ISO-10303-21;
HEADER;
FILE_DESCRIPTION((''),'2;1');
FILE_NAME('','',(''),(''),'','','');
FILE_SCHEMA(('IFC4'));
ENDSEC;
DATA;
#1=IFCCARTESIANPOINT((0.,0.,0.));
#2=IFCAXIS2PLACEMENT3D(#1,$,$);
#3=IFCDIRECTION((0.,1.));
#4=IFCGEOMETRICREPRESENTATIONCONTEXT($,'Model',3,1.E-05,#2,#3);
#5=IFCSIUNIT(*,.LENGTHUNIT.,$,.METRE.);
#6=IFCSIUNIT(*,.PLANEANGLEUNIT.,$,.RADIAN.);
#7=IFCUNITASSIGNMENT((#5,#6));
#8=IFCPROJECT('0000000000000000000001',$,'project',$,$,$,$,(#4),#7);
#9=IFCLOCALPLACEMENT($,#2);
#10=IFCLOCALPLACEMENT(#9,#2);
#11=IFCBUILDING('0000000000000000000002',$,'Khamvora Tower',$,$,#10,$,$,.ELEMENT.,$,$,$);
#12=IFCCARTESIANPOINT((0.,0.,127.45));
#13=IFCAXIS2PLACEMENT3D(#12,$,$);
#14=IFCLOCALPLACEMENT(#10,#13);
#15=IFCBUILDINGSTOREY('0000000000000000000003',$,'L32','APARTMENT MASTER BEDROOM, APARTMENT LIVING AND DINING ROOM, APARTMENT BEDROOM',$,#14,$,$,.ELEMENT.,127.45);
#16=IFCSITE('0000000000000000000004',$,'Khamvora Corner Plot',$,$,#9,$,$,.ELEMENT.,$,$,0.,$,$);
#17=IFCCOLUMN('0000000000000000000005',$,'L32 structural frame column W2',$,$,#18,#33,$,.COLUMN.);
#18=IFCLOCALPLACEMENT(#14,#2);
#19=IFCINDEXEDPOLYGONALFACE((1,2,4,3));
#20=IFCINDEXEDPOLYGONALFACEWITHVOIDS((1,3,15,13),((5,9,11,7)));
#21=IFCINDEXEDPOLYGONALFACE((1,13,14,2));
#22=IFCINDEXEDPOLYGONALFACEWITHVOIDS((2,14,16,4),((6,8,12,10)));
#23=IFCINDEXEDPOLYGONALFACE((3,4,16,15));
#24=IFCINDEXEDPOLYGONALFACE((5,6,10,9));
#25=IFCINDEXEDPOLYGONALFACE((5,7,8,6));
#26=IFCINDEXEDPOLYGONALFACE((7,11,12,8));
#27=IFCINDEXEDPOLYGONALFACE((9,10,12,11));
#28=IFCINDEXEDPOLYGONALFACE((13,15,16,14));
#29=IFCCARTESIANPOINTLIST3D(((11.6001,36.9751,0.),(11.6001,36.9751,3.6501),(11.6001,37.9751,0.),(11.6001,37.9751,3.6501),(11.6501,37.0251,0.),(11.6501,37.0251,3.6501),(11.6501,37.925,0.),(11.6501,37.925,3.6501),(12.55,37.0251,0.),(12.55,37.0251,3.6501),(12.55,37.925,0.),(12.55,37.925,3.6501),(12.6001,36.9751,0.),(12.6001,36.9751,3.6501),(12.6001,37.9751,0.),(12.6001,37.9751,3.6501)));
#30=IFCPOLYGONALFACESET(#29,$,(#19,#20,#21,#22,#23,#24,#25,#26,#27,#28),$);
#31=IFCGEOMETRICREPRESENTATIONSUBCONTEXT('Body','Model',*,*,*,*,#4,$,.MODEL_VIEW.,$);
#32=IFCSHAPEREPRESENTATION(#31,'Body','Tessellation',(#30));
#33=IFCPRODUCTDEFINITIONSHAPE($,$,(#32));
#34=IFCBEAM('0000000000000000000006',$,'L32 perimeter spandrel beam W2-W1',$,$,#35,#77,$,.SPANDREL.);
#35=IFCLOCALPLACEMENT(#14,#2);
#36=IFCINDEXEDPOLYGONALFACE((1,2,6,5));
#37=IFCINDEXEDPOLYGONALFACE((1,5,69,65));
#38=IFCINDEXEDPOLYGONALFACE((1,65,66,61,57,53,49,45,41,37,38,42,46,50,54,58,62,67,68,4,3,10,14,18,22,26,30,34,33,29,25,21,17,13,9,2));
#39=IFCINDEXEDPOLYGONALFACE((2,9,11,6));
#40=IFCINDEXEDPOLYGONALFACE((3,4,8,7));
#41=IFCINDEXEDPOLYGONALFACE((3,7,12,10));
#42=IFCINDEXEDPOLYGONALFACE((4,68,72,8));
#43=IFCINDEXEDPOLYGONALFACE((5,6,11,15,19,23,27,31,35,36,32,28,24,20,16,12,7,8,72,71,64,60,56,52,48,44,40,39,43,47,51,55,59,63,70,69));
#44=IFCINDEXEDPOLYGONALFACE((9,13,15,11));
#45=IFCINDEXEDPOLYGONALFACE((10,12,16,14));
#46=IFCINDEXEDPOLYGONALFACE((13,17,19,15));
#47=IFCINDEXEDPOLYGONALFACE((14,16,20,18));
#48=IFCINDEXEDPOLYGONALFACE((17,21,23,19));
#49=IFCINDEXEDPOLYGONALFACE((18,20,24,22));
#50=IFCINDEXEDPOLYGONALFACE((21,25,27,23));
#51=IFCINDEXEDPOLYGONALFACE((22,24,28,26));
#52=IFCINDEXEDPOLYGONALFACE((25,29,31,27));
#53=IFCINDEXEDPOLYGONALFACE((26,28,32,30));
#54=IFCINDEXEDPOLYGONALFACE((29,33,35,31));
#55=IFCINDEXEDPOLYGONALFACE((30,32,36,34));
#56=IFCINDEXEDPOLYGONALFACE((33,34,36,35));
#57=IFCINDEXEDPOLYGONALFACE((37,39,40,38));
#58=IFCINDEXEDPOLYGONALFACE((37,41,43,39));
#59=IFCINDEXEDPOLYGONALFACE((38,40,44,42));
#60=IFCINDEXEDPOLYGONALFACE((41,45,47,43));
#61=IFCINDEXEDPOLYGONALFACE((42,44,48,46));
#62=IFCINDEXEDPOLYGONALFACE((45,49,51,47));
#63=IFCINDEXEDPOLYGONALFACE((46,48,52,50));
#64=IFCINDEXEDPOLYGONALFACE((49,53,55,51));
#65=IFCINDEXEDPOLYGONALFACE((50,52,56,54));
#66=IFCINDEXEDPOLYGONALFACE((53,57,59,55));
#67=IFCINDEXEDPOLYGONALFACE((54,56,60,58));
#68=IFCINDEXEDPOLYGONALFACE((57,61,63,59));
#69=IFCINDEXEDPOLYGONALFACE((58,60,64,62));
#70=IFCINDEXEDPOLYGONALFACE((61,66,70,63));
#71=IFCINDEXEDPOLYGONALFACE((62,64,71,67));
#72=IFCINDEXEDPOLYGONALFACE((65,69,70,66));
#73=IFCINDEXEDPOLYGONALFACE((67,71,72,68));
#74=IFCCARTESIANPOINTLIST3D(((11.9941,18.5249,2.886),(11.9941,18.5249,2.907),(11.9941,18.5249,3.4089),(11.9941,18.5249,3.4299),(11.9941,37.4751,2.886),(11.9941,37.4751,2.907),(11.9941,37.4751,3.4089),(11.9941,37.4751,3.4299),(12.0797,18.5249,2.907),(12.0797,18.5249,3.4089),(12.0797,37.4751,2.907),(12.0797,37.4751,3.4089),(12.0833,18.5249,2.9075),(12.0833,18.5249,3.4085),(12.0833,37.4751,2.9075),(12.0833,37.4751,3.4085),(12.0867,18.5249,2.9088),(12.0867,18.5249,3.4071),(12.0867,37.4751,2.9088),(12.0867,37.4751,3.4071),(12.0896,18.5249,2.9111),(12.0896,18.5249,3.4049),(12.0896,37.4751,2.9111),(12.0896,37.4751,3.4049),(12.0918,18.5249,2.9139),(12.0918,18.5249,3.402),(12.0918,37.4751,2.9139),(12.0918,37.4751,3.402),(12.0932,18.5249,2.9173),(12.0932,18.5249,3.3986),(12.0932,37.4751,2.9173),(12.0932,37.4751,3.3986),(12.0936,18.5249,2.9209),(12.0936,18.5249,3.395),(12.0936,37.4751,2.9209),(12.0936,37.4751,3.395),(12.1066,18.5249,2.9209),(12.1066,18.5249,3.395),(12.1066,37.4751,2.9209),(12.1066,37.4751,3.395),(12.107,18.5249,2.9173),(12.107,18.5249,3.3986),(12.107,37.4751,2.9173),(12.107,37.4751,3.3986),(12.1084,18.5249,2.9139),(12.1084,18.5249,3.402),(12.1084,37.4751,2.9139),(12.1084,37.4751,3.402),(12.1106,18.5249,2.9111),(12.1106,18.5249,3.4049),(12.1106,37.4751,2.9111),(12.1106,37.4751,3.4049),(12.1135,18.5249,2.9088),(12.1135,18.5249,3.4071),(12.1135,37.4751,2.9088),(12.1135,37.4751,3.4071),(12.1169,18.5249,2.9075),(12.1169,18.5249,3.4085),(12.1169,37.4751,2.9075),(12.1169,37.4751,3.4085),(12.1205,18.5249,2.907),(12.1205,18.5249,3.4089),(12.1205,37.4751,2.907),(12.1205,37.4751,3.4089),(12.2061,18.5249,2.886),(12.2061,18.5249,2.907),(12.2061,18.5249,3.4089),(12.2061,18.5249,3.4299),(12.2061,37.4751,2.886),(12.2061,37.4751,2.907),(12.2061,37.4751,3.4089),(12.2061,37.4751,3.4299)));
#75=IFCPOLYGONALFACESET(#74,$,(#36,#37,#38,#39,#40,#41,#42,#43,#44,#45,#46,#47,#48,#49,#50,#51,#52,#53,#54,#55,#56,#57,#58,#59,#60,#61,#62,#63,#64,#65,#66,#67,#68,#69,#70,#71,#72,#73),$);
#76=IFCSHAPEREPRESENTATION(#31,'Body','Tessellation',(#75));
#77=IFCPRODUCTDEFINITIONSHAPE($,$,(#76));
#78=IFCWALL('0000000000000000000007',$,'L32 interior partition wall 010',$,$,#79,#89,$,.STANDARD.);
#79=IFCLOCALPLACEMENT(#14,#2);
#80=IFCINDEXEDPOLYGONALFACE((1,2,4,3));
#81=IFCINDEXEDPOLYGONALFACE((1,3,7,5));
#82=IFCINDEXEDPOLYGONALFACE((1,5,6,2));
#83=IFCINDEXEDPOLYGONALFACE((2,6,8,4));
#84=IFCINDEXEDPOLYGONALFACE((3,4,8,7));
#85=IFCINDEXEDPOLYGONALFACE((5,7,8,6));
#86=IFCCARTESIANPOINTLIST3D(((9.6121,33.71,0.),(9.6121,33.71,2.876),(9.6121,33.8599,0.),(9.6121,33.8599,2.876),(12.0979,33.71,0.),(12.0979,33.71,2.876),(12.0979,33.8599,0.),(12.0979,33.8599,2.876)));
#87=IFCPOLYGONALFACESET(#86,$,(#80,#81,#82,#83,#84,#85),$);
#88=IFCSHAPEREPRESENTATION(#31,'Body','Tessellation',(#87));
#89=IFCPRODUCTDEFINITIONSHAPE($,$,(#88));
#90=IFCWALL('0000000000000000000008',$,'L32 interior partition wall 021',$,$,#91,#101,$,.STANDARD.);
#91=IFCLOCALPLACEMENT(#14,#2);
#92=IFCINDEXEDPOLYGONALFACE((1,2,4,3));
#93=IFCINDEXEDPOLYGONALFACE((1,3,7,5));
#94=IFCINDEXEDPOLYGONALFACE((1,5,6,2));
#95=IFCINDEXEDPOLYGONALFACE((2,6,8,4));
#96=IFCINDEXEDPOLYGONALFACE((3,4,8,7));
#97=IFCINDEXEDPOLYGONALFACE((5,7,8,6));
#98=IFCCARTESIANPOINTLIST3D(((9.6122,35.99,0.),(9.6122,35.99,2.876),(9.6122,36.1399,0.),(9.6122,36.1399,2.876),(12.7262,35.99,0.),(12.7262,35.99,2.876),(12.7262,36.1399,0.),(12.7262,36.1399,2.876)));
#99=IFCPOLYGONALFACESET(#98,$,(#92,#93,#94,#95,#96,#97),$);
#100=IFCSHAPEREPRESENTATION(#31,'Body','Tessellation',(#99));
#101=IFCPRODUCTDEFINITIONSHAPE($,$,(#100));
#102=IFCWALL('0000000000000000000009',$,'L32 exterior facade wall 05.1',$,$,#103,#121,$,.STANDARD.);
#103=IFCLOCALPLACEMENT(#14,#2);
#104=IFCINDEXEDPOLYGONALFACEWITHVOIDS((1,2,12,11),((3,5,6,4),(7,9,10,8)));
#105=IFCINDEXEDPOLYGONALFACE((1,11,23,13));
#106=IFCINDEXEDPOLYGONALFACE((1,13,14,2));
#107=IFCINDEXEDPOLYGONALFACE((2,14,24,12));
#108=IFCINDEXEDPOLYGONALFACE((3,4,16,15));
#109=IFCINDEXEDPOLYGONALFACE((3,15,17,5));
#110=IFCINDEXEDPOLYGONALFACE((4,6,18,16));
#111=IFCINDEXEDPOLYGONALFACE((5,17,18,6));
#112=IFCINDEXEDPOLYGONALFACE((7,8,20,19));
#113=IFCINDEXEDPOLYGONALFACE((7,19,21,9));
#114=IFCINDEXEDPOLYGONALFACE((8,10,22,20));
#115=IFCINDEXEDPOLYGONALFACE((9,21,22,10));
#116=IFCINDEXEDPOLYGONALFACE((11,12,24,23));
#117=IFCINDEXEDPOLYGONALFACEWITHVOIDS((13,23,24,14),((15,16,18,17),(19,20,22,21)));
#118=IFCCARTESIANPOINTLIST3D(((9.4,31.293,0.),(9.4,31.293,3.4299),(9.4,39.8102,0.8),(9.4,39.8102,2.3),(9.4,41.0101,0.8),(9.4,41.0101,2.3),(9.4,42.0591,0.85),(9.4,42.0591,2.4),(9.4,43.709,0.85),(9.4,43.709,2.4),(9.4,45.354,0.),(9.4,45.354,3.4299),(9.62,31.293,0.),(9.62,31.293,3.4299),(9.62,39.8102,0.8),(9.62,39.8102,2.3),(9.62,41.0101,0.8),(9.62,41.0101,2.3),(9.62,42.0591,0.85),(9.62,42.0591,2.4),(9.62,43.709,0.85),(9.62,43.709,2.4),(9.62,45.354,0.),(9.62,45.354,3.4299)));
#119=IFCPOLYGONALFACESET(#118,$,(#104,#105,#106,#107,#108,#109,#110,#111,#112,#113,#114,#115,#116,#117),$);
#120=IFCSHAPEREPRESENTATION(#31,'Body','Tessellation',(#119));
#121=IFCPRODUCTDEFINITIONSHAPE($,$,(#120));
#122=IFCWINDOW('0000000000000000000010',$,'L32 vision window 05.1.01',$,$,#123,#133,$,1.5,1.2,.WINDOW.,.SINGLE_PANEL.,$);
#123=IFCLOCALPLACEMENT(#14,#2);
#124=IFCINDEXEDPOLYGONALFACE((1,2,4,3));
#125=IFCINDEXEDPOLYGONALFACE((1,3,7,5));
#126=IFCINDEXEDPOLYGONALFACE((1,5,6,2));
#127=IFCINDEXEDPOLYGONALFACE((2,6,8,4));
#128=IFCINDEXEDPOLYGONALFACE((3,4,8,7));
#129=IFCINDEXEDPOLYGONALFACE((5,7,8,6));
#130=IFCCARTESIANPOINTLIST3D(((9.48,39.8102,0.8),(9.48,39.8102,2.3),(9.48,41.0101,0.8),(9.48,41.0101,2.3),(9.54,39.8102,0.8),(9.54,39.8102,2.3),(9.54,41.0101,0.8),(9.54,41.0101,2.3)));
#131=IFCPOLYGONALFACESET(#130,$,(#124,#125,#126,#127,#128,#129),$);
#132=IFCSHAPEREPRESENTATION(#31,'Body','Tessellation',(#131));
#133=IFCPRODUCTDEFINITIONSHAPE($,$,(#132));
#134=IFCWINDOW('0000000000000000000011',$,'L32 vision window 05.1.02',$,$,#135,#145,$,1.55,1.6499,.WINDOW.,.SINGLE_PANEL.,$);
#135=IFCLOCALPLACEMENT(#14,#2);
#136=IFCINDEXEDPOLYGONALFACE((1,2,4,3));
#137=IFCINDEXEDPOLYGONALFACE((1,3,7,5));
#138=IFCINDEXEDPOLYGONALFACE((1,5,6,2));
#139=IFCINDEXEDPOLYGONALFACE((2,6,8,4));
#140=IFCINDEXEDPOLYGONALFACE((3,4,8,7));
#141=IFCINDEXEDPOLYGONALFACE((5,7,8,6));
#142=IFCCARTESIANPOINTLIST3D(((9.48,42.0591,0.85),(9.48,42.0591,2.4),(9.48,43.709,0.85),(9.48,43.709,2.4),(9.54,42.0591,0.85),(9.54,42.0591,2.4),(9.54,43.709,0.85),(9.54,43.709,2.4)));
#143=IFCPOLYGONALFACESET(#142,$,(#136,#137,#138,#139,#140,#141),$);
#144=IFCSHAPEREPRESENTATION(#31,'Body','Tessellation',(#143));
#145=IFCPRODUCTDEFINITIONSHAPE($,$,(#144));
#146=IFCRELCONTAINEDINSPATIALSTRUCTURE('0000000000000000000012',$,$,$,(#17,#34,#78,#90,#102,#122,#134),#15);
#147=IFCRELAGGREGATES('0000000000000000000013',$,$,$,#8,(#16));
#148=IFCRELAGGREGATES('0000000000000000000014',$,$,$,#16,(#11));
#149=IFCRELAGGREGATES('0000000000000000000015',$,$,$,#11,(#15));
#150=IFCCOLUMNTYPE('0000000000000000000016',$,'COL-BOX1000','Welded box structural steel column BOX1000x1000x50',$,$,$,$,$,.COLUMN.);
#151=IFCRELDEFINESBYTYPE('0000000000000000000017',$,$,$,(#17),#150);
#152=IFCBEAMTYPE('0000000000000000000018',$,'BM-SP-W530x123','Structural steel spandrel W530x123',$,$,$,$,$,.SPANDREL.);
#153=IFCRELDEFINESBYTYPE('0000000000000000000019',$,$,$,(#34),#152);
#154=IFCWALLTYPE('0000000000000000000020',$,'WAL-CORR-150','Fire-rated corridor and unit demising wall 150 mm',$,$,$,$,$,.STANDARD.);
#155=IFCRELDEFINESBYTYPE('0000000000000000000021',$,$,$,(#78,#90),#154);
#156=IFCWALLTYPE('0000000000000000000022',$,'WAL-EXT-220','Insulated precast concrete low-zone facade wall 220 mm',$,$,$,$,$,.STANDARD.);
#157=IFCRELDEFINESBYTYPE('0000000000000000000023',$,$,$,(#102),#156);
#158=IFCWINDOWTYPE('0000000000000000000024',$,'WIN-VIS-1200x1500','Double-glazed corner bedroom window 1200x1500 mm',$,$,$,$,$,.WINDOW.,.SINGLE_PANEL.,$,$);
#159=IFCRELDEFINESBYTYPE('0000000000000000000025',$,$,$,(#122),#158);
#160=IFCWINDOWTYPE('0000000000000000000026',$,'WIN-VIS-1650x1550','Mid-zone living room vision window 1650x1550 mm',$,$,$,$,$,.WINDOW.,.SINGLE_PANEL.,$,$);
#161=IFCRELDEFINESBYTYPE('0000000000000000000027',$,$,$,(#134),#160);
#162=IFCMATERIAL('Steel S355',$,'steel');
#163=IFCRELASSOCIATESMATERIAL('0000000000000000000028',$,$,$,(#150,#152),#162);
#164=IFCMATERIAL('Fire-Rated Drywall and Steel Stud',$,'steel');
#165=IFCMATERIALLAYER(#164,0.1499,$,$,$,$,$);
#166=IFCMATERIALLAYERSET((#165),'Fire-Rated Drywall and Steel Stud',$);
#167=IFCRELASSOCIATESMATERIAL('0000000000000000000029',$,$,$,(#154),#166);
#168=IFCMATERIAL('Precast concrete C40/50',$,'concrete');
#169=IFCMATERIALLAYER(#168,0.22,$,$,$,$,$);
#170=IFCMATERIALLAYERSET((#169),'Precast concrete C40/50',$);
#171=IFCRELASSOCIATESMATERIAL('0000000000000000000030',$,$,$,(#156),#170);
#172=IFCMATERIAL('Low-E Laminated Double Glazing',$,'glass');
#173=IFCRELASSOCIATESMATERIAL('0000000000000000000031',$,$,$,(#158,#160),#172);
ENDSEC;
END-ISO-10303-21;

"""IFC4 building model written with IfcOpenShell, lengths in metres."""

from ifc_helpers import new_model, si_unit, direction, frame, frame_2d, origin, origin_2d, place, context, subcontext, project, spatial, rectangle, hollow_rectangle, i_section, extrude, material, layer, layer_set, material_profile, profile_set, type_object, element, fill, save


model = new_model("IFC4")

# Units and contexts
model_context = context("Model", 3, precision=1e-05, world=origin(), true_north=direction((0.0, 1.0)))
body_context = subcontext(model_context, "Body", "Model", "MODEL_VIEW")
ifc_project = project(units=[si_unit("LENGTHUNIT", "METRE"), si_unit("PLANEANGLEUNIT", "RADIAN")], contexts=[model_context])

# Site, building, storey
site_placement = place(None, origin())
site = spatial("IfcSite", under=ifc_project, at=site_placement, Name="Khamvora Corner Plot", CompositionType="ELEMENT", RefElevation=0.0)
building_placement = place(site_placement, origin())
building = spatial("IfcBuilding", under=site, at=building_placement, Name="Khamvora Tower", CompositionType="ELEMENT")
storey_placement = place(building_placement, frame((0.0, 0.0, 127.45)))
storey = spatial("IfcBuildingStorey", under=building, at=storey_placement, Name="L32", Description="APARTMENT MASTER BEDROOM, APARTMENT LIVING AND DINING ROOM, APARTMENT BEDROOM", CompositionType="ELEMENT", Elevation=127.45)

# Column
ifc_material_1 = material(Name="Steel S355", Category="steel")
ifc_material_profile_1 = material_profile(ifc_material_1, hollow_rectangle(XDim=1.0, YDim=1.0, WallThickness=0.05, at=origin_2d()), Name="BOX1000x1000x50")
ifc_profile_set_1 = profile_set([ifc_material_profile_1], Name="Steel S355")
column_type = type_object("IfcColumnType", Name="COL-BOX1000", Description="Welded box structural steel column BOX1000x1000x50", PredefinedType="COLUMN", material=ifc_profile_set_1)
column_placement = place(storey_placement, frame((12.1001, 37.4751, 0.0), z_axis=(0.0, 0.0, 1.0), x_axis=(1.0, 0.0, 0.0)))
element("IfcColumn", 1, at=column_placement, inside=storey, type_object=column_type, Name="L32 structural frame column W2", PredefinedType="COLUMN", context=body_context, shape_type="SweptSolid", body=[
    extrude(hollow_rectangle(XDim=1.0, YDim=1.0, WallThickness=0.05, at=origin_2d()), origin(), (0.0, 0.0, 1.0), 3.6501),
])

# Beam
ifc_material_profile_2 = material_profile(ifc_material_1, i_section(OverallWidth=0.2119, OverallDepth=0.5439, WebThickness=0.0129, FlangeThickness=0.021, FilletRadius=0.0139, at=origin_2d()), Name="W530x123")
ifc_profile_set_2 = profile_set([ifc_material_profile_2], Name="Steel S355")
beam_type = type_object("IfcBeamType", Name="BM-SP-W530x123", Description="Structural steel spandrel W530x123", PredefinedType="SPANDREL", material=ifc_profile_set_2)
beam_placement = place(storey_placement, frame((12.1001, 37.4751, 3.158), z_axis=(0.0, -1.0, 0.0), x_axis=(1.0, 0.0, 0.0)))
element("IfcBeam", 2, at=beam_placement, inside=storey, type_object=beam_type, Name="L32 perimeter spandrel beam W2-W1", PredefinedType="SPANDREL", context=body_context, shape_type="SweptSolid", body=[
    extrude(i_section(OverallWidth=0.2119, OverallDepth=0.5439, WebThickness=0.0129, FlangeThickness=0.021, FilletRadius=0.0139, at=origin_2d()), origin(), (0.0, 0.0, 1.0), 18.9502),
])

# Wall
ifc_material_2 = material(Name="Fire-Rated Drywall and Steel Stud", Category="steel")
ifc_layer_1 = layer(ifc_material_2, 0.1499)
ifc_layer_set_1 = layer_set([ifc_layer_1], Name="Fire-Rated Drywall and Steel Stud")
wall_type_1 = type_object("IfcWallType", Name="WAL-CORR-150", Description="Fire-rated corridor and unit demising wall 150 mm", PredefinedType="STANDARD", material=ifc_layer_set_1)
wall_1_placement = place(storey_placement, frame((12.0979, 33.7849, 0.0), z_axis=(0.0, 0.0, 1.0), x_axis=(-1.0, 0.0, 0.0)))
element("IfcWall", 3, at=wall_1_placement, inside=storey, type_object=wall_type_1, Name="L32 interior partition wall 010", PredefinedType="STANDARD", context=body_context, shape_type="SweptSolid", body=[
    extrude(rectangle(XDim=2.4858, YDim=0.1499, at=frame_2d((1.2429, 0.0))), origin(), (0.0, 0.0, 1.0), 2.876),
])

# Wall
wall_2_placement = place(storey_placement, frame((9.6121, 36.0649, 0.0), z_axis=(0.0, 0.0, 1.0), x_axis=(1.0, 0.0, 0.0)))
element("IfcWall", 4, at=wall_2_placement, inside=storey, type_object=wall_type_1, Name="L32 interior partition wall 021", PredefinedType="STANDARD", context=body_context, shape_type="SweptSolid", body=[
    extrude(rectangle(XDim=3.114, YDim=0.1499, at=frame_2d((1.5571, 0.0))), origin(), (0.0, 0.0, 1.0), 2.876),
])

# Wall, openings, windows
ifc_material_3 = material(Name="Precast concrete C40/50", Category="concrete")
ifc_layer_2 = layer(ifc_material_3, 0.22)
ifc_layer_set_2 = layer_set([ifc_layer_2], Name="Precast concrete C40/50")
wall_type_2 = type_object("IfcWallType", Name="WAL-EXT-220", Description="Insulated precast concrete low-zone facade wall 220 mm", PredefinedType="STANDARD", material=ifc_layer_set_2)
wall_3_placement = place(storey_placement, frame((9.51, 31.293, 0.0), z_axis=(0.0, 0.0, 1.0), x_axis=(0.0, 1.0, 0.0)))
wall_3 = element("IfcWall", 5, at=wall_3_placement, inside=storey, type_object=wall_type_2, Name="L32 exterior facade wall 05.1", PredefinedType="STANDARD", context=body_context, shape_type="SweptSolid", body=[
    extrude(rectangle(XDim=14.061, YDim=0.22, at=frame_2d((7.0305, 0.0))), origin(), (0.0, 0.0, 1.0), 3.4299),
])
opening_1_placement = place(wall_3_placement, frame((8.5171, 0.0, 0.8)))
opening_1 = element("IfcOpeningElement", 6, at=opening_1_placement, cuts=wall_3, PredefinedType="OPENING", context=body_context, shape_type="SweptSolid", body=[
    extrude(rectangle(XDim=1.2, YDim=1.5, at=frame_2d((0.6001, 0.75))), frame((0.0, 0.1199, 0.0), z_axis=(0.0, -1.0, 0.0), x_axis=(1.0, 0.0, 0.0)), (0.0, 0.0, 1.0), 0.24),
])
opening_2_placement = place(wall_3_placement, frame((10.7661, 0.0, 0.8501)))
opening_2 = element("IfcOpeningElement", 7, at=opening_2_placement, cuts=wall_3, PredefinedType="OPENING", context=body_context, shape_type="SweptSolid", body=[
    extrude(rectangle(XDim=1.6499, YDim=1.55, at=frame_2d((0.825, 0.7749))), frame((0.0, 0.1199, 0.0), z_axis=(0.0, -1.0, 0.0), x_axis=(1.0, 0.0, 0.0)), (0.0, 0.0, 1.0), 0.24),
])
ifc_material_4 = material(Name="Low-E Laminated Double Glazing", Category="glass")
window_type_1 = type_object("IfcWindowType", Name="WIN-VIS-1200x1500", Description="Double-glazed corner bedroom window 1200x1500 mm", PartitioningType="SINGLE_PANEL", PredefinedType="WINDOW", material=ifc_material_4)
window_1_placement = place(opening_1_placement, origin())
window_1 = element("IfcWindow", 8, at=window_1_placement, inside=storey, type_object=window_type_1, Name="L32 vision window 05.1.01", OverallHeight=1.5, OverallWidth=1.2, PartitioningType="SINGLE_PANEL", PredefinedType="WINDOW", context=body_context, shape_type="SweptSolid", body=[
    extrude(rectangle(XDim=1.2, YDim=1.5, at=frame_2d((0.6001, 0.75))), frame((0.0, 0.03, 0.0), z_axis=(0.0, -1.0, 0.0), x_axis=(1.0, 0.0, 0.0)), (0.0, 0.0, 1.0), 0.0601),
])
fill(opening_1, window_1)
window_type_2 = type_object("IfcWindowType", Name="WIN-VIS-1650x1550", Description="Mid-zone living room vision window 1650x1550 mm", PartitioningType="SINGLE_PANEL", PredefinedType="WINDOW", material=ifc_material_4)
window_2_placement = place(opening_2_placement, origin())
window_2 = element("IfcWindow", 9, at=window_2_placement, inside=storey, type_object=window_type_2, Name="L32 vision window 05.1.02", OverallHeight=1.55, OverallWidth=1.6499, PartitioningType="SINGLE_PANEL", PredefinedType="WINDOW", context=body_context, shape_type="SweptSolid", body=[
    extrude(rectangle(XDim=1.6499, YDim=1.55, at=frame_2d((0.825, 0.7749))), frame((0.0, 0.03, 0.0), z_axis=(0.0, -1.0, 0.0), x_axis=(1.0, 0.0, 0.0)), (0.0, 0.0, 1.0), 0.0601),
])
fill(opening_2, window_2)

save(model, "model.ifc")
